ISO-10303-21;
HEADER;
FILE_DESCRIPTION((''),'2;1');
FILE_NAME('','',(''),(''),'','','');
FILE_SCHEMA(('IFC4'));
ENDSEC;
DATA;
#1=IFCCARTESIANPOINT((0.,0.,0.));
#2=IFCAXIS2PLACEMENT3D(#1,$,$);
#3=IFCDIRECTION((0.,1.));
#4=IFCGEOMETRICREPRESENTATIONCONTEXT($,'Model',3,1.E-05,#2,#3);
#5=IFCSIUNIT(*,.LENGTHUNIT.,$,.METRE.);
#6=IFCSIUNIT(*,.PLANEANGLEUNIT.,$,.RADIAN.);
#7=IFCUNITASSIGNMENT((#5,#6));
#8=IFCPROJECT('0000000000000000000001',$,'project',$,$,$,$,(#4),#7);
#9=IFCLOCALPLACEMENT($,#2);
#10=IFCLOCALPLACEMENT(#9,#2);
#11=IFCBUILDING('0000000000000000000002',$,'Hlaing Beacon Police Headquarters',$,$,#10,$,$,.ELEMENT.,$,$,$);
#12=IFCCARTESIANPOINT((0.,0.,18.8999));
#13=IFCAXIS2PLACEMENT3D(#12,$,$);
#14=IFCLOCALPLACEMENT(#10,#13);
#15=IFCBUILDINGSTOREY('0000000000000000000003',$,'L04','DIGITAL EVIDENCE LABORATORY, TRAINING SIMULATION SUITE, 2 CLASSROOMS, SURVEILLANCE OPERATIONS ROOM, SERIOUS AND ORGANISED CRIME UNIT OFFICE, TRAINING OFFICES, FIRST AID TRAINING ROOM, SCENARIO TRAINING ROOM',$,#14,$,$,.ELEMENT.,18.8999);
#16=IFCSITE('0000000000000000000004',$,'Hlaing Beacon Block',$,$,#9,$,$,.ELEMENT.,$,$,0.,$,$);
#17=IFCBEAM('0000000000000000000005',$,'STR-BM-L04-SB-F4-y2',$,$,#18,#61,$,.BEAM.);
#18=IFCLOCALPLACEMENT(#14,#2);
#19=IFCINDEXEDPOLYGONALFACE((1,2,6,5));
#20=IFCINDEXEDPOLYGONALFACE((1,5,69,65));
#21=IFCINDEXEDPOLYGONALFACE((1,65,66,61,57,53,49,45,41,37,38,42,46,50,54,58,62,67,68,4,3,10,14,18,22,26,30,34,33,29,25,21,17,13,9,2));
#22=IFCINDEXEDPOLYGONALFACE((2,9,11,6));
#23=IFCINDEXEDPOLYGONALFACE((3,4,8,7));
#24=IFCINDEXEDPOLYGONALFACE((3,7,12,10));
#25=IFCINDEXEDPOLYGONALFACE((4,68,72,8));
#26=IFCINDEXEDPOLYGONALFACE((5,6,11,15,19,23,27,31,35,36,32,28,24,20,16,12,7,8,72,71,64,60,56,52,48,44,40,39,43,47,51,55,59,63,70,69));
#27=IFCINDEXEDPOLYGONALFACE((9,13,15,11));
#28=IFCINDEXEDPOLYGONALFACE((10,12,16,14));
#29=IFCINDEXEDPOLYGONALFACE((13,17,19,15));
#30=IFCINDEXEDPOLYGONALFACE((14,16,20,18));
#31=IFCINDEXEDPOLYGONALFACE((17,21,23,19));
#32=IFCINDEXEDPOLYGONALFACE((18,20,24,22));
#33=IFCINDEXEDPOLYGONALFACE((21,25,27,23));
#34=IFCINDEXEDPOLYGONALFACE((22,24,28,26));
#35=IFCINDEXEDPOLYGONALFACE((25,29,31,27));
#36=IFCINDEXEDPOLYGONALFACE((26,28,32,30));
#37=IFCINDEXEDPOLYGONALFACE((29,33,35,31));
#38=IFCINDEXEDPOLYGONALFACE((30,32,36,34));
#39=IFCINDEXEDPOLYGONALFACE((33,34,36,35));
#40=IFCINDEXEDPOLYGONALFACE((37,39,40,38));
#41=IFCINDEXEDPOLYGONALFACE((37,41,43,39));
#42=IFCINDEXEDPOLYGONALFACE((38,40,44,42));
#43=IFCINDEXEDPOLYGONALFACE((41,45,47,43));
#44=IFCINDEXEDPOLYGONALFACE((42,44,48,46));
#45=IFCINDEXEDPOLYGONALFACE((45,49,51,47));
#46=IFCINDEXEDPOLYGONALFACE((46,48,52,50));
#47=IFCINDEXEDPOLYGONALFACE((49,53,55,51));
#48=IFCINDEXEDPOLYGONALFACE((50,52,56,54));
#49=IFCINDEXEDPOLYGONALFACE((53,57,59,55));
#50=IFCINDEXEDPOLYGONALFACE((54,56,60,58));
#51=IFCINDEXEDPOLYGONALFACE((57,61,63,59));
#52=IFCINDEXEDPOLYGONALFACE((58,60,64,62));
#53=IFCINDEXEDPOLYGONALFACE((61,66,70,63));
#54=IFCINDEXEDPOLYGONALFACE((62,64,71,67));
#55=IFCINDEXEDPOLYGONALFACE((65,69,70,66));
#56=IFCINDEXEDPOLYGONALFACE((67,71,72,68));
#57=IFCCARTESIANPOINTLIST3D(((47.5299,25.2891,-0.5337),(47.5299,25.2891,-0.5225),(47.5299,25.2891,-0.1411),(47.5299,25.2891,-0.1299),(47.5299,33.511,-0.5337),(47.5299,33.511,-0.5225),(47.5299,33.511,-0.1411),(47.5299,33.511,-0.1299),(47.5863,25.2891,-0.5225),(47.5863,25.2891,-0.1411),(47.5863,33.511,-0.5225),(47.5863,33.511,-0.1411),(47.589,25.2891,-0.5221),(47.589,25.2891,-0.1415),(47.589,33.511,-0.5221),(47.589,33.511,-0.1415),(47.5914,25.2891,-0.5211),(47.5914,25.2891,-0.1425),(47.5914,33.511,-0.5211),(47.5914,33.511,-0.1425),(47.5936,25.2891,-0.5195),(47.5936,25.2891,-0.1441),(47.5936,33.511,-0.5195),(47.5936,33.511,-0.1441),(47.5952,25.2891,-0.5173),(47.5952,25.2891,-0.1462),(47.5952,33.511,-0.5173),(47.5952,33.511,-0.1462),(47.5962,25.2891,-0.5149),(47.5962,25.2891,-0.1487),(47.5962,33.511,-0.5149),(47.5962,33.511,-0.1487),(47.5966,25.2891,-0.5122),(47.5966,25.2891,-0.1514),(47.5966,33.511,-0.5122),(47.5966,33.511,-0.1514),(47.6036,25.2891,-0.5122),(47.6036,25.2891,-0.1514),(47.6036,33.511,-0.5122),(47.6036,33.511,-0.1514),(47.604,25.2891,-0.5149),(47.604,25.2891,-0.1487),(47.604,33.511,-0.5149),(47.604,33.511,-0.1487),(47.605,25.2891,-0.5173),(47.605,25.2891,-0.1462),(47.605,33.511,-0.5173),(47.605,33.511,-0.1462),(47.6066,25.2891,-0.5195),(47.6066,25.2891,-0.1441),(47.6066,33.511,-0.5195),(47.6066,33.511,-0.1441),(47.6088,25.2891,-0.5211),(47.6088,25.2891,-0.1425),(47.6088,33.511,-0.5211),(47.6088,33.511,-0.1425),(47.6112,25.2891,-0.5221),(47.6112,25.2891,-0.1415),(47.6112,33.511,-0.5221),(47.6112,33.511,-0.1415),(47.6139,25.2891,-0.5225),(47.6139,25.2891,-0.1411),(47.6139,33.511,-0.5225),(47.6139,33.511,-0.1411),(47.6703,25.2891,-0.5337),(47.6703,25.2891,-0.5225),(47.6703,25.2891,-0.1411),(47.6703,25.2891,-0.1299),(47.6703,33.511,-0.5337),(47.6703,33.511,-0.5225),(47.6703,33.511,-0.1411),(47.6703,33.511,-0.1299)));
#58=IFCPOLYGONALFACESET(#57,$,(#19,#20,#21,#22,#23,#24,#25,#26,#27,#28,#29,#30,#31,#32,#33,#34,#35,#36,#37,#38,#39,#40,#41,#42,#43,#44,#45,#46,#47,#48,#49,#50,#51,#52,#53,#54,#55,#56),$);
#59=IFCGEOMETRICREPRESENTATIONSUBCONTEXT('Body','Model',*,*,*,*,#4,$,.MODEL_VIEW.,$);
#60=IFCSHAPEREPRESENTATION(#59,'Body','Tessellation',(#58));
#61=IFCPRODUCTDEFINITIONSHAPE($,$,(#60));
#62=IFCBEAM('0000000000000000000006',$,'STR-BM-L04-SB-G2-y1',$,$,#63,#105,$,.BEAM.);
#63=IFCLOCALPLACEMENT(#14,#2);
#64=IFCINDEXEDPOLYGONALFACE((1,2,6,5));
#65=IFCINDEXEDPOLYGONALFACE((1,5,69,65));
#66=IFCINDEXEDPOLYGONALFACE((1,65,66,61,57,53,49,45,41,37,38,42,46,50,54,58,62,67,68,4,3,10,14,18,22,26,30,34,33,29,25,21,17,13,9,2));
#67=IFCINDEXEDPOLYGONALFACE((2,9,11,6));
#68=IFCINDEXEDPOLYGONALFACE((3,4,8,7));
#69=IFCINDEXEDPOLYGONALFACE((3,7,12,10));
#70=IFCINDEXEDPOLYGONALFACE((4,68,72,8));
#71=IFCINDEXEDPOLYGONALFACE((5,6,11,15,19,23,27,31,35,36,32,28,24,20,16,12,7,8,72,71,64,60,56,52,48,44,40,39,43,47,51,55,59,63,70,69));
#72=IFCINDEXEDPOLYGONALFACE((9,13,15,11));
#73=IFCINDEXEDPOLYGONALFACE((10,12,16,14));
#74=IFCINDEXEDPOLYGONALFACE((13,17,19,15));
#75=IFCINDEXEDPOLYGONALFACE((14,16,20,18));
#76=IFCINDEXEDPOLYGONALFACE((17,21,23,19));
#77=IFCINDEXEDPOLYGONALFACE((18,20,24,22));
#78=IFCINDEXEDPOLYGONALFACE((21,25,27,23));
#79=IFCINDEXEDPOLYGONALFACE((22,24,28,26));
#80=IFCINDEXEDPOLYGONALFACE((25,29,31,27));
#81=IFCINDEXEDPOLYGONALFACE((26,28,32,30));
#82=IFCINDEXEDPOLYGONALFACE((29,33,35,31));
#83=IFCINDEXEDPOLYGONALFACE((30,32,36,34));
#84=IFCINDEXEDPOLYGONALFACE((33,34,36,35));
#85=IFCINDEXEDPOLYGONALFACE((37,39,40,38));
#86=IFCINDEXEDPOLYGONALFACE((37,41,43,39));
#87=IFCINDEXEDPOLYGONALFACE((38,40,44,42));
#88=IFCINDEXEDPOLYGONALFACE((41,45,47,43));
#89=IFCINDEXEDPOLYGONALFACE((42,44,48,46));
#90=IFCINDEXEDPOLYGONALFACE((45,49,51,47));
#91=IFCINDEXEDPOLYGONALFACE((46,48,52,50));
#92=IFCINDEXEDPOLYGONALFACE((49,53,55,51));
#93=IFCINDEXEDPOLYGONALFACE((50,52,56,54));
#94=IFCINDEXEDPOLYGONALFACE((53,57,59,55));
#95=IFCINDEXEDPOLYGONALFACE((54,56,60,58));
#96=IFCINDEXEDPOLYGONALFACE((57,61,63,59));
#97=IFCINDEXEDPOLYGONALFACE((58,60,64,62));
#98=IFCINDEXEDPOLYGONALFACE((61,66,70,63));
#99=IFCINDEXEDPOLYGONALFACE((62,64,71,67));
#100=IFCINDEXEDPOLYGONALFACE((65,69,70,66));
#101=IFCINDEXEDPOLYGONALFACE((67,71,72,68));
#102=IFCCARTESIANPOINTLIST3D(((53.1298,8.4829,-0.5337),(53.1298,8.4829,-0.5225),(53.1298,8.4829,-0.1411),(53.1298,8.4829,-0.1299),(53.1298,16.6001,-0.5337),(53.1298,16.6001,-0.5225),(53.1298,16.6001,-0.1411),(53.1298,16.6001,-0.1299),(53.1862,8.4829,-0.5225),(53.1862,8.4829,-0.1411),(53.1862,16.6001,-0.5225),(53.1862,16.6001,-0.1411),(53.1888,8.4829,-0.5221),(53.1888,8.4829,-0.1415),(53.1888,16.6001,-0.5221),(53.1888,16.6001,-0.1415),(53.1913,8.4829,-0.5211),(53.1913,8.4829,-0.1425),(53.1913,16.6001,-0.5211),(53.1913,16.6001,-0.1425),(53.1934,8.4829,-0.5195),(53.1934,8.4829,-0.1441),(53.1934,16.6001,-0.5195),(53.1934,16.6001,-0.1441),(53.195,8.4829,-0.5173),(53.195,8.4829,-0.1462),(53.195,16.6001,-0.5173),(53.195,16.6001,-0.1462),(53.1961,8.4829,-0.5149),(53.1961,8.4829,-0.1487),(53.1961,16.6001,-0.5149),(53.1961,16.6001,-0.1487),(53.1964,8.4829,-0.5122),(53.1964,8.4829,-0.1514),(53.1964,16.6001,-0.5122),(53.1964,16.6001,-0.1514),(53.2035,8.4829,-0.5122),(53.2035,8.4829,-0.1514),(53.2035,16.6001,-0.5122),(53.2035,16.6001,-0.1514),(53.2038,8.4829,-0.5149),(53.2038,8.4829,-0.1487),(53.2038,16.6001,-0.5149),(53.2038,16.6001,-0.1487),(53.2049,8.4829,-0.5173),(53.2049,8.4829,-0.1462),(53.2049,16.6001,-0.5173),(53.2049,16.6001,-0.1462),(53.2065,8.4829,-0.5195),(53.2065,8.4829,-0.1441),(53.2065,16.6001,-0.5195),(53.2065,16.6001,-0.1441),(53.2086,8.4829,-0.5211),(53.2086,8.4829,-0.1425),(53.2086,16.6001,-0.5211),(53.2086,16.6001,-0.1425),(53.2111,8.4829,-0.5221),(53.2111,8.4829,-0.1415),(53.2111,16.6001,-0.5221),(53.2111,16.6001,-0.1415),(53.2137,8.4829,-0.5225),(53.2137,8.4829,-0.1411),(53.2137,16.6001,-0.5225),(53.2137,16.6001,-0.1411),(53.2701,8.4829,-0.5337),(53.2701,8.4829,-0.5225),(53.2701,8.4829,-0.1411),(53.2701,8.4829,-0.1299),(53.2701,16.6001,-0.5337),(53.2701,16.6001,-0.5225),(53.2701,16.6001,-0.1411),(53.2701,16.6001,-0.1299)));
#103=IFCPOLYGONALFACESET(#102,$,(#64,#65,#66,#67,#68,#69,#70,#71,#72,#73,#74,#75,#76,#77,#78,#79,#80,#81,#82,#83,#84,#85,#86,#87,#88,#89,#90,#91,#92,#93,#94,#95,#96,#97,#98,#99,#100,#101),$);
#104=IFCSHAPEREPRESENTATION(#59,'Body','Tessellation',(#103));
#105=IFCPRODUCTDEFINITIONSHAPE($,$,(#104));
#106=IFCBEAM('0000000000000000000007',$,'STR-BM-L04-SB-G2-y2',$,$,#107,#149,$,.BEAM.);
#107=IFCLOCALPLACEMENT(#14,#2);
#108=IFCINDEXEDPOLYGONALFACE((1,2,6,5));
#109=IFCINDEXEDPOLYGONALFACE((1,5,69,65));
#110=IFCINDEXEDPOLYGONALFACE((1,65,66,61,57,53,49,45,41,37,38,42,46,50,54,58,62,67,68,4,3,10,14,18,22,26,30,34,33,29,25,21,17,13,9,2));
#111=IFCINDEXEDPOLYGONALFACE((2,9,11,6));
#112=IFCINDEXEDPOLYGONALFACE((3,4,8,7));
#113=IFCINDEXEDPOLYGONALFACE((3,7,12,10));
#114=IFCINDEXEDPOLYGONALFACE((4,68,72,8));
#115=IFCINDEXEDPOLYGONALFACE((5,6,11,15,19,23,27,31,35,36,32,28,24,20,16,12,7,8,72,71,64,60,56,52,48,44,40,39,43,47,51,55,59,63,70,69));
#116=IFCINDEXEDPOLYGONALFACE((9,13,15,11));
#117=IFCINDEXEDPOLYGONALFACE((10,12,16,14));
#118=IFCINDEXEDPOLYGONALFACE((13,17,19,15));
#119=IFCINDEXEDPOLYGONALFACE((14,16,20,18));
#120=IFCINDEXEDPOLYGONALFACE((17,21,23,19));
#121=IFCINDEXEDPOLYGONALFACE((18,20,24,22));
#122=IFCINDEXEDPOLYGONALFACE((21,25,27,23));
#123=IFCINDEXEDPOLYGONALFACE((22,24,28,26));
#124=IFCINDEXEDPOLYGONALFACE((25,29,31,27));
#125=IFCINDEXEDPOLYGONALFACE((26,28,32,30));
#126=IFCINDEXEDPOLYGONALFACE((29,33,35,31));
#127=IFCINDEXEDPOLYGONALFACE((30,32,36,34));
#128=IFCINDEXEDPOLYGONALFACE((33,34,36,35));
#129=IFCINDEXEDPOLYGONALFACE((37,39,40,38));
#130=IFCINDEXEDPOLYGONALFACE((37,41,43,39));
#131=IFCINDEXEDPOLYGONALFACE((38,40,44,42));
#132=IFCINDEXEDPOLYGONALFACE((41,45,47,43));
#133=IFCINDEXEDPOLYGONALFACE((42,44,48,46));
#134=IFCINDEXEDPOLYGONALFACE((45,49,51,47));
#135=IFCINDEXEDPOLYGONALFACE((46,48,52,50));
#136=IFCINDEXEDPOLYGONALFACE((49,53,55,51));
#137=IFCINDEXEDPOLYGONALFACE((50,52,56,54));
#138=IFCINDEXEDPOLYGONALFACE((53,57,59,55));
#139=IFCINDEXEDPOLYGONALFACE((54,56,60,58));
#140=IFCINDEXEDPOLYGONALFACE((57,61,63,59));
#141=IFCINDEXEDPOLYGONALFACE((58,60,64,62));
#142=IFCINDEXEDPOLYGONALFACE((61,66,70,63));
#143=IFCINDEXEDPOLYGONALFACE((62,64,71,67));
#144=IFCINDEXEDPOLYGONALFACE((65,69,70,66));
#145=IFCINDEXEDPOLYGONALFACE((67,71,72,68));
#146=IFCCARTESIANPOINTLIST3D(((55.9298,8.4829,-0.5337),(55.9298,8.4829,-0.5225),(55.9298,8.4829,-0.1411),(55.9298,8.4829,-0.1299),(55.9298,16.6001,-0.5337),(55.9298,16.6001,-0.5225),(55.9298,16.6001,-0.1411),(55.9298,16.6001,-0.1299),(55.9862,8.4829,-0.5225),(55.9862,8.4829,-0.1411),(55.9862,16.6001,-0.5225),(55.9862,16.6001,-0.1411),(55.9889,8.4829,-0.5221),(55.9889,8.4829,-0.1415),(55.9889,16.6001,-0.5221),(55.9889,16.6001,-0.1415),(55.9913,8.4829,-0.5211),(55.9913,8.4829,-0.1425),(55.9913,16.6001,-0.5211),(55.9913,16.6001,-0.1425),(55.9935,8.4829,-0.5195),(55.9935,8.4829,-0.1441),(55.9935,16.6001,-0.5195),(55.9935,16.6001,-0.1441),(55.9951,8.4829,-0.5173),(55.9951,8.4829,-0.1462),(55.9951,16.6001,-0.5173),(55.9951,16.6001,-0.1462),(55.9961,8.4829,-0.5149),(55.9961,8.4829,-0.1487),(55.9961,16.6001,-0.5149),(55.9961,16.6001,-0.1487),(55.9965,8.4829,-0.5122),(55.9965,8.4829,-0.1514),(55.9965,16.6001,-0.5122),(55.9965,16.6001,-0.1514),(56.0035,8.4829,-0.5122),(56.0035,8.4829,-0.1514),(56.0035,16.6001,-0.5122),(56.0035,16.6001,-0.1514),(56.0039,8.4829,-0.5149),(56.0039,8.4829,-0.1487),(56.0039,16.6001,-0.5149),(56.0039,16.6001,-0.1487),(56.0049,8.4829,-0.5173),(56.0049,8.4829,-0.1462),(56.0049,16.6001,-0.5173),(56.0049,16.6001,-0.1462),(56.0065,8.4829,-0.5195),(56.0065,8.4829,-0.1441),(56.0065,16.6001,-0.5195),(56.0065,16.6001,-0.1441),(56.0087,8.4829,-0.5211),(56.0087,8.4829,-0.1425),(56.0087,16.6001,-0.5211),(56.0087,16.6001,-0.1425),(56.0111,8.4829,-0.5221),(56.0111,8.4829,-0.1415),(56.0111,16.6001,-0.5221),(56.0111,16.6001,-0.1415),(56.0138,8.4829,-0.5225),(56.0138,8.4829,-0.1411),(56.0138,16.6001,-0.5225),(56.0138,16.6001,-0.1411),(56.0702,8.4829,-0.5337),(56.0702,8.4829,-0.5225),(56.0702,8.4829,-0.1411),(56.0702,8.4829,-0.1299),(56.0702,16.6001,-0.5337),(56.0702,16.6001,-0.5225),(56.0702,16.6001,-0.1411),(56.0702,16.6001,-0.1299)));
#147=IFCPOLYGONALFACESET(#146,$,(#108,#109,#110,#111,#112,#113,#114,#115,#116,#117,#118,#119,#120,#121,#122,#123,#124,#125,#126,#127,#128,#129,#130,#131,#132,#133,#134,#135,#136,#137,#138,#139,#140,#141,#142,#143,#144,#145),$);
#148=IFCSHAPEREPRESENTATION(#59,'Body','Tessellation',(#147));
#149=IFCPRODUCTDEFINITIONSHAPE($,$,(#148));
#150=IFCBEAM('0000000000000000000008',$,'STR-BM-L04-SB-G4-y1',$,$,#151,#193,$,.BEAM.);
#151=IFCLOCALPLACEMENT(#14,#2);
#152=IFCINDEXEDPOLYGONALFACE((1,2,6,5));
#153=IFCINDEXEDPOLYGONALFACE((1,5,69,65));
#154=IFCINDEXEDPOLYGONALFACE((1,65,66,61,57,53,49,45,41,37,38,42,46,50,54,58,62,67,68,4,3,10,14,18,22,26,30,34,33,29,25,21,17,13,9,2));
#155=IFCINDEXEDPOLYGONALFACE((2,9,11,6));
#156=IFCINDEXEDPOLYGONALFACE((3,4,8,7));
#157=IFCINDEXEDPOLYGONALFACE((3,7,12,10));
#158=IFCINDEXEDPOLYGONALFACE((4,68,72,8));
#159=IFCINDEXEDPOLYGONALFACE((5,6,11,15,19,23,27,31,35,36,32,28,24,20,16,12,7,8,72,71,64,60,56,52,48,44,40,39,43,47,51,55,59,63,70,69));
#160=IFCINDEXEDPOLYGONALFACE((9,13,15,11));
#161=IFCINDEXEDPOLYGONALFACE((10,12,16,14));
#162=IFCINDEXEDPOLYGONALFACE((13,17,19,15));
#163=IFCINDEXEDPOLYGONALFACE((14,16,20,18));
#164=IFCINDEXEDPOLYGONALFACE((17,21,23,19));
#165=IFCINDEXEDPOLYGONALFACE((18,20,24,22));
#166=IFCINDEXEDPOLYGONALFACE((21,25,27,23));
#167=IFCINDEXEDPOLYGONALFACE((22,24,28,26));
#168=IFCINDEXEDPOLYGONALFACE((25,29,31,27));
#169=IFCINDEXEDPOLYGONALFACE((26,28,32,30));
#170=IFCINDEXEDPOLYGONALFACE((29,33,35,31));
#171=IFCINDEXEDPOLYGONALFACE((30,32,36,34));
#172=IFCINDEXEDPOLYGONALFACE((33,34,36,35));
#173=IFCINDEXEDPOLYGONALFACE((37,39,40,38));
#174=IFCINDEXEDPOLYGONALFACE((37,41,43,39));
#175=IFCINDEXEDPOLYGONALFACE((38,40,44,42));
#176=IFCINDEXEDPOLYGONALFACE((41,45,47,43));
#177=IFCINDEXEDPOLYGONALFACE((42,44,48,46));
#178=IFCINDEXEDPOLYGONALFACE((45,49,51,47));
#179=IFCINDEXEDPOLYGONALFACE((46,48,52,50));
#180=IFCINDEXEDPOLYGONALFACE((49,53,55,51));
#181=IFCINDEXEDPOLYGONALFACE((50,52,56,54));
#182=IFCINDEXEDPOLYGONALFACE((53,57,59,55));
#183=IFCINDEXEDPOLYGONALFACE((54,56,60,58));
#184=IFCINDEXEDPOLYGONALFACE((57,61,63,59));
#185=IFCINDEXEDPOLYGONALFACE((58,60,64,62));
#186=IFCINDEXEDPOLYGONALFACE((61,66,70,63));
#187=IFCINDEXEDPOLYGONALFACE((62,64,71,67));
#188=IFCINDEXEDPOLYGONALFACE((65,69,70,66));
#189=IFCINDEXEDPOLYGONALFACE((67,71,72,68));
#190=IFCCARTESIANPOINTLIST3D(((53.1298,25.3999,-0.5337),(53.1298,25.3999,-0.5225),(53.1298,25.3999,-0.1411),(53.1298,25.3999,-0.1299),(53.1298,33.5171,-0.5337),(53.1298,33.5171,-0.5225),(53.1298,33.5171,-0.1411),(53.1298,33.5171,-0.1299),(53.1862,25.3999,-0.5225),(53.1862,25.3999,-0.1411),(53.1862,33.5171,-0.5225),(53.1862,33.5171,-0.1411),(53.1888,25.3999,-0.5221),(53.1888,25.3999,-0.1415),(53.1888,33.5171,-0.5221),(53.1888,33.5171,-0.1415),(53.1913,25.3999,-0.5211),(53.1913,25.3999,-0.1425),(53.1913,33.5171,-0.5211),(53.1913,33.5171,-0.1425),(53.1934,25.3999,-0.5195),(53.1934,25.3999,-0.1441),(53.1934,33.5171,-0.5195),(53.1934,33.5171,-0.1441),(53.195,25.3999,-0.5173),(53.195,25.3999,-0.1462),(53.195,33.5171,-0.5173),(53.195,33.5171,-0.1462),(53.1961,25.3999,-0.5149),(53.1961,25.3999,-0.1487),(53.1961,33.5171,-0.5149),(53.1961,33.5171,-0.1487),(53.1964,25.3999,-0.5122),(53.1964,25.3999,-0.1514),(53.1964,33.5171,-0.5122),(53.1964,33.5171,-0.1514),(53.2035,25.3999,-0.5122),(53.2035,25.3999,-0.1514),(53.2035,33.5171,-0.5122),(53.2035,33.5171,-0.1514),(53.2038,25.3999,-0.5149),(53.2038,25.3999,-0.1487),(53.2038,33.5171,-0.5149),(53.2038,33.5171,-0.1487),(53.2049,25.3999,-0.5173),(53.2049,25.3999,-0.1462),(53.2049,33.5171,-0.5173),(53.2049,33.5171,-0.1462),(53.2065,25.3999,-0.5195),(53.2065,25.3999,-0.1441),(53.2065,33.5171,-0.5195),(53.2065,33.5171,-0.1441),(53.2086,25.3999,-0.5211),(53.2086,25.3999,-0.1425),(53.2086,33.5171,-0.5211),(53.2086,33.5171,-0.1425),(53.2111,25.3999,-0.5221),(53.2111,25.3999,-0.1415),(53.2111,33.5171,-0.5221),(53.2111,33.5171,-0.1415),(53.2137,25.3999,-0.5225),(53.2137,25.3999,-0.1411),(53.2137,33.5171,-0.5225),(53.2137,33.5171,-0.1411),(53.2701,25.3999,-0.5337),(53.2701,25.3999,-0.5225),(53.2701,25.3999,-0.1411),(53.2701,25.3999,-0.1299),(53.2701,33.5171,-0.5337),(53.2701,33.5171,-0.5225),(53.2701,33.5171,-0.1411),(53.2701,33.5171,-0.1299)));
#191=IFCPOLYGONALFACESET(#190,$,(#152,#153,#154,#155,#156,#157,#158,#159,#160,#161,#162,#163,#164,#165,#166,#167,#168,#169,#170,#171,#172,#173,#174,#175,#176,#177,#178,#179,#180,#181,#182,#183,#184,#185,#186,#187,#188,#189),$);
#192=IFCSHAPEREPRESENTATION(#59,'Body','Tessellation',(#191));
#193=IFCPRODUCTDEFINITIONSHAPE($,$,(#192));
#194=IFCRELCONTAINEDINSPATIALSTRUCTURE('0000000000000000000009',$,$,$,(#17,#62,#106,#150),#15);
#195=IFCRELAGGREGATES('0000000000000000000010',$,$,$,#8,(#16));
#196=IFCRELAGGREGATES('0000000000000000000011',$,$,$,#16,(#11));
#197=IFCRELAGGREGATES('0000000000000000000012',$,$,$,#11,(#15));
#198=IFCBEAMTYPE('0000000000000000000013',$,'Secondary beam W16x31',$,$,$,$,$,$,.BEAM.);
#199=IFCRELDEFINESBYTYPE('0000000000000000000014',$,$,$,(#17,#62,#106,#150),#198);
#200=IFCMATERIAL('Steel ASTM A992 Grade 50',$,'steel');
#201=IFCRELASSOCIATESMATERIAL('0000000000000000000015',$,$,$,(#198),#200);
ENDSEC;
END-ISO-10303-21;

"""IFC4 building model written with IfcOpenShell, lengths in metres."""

from ifc_helpers import new_model, si_unit, direction, frame, origin, origin_2d, place, context, subcontext, project, spatial, i_section, extrude, material, material_profile, profile_set, type_object, element, save


model = new_model("IFC4")

# Units and contexts
model_context = context("Model", 3, precision=1e-05, world=origin(), true_north=direction((0.0, 1.0)))
body_context = subcontext(model_context, "Body", "Model", "MODEL_VIEW")
ifc_project = project(units=[si_unit("LENGTHUNIT", "METRE"), si_unit("PLANEANGLEUNIT", "RADIAN")], contexts=[model_context])

# Site, building, storey
site_placement = place(None, origin())
site = spatial("IfcSite", under=ifc_project, at=site_placement, Name="Hlaing Beacon Block", CompositionType="ELEMENT", RefElevation=0.0)
building_placement = place(site_placement, origin())
building = spatial("IfcBuilding", under=site, at=building_placement, Name="Hlaing Beacon Police Headquarters", CompositionType="ELEMENT")
storey_placement = place(building_placement, frame((0.0, 0.0, 18.8999)))
storey = spatial("IfcBuildingStorey", under=building, at=storey_placement, Name="L04", Description="DIGITAL EVIDENCE LABORATORY, TRAINING SIMULATION SUITE, 2 CLASSROOMS, SURVEILLANCE OPERATIONS ROOM, SERIOUS AND ORGANISED CRIME UNIT OFFICE, TRAINING OFFICES, FIRST AID TRAINING ROOM, SCENARIO TRAINING ROOM", CompositionType="ELEMENT", Elevation=18.8999)

# Beams
ifc_material_1 = material(Name="Steel ASTM A992 Grade 50", Category="steel")
ifc_material_profile_1 = material_profile(ifc_material_1, i_section(OverallWidth=0.1404, OverallDepth=0.4038, WebThickness=0.0071, FlangeThickness=0.0112, FilletRadius=0.0103, at=origin_2d()), Name="W16x31")
ifc_profile_set_1 = profile_set([ifc_material_profile_1], Name="Steel ASTM A992 Grade 50")
beam_type_1 = type_object("IfcBeamType", Name="Secondary beam W16x31", PredefinedType="BEAM", material=ifc_profile_set_1)
for number, where, z_axis, x_axis, name in (
    (1, (47.6001, 25.2891, -0.3318), (0.0, 1.0, 0.0), (-1.0, 0.0, 0.0), "STR-BM-L04-SB-F4-y2"),
):
    element("IfcBeam", number, at=place(storey_placement, frame(where, z_axis=z_axis, x_axis=x_axis)), inside=storey, type_object=beam_type_1, Name=name, PredefinedType="BEAM", context=body_context, shape_type="SweptSolid", body=[
        extrude(i_section(OverallWidth=0.1404, OverallDepth=0.4038, WebThickness=0.0071, FlangeThickness=0.0112, FilletRadius=0.0103, at=origin_2d()), origin(), (0.0, 0.0, 1.0), 8.2219),
    ])
for number, where, z_axis, x_axis, name in (
    (2, (53.2, 8.4829, -0.3318), (0.0, 1.0, 0.0), (-1.0, 0.0, 0.0), "STR-BM-L04-SB-G2-y1"),
    (3, (56.0, 8.4829, -0.3318), (0.0, 1.0, 0.0), (-1.0, 0.0, 0.0), "STR-BM-L04-SB-G2-y2"),
    (4, (53.2, 25.3999, -0.3318), (0.0, 1.0, 0.0), (-1.0, 0.0, 0.0), "STR-BM-L04-SB-G4-y1"),
):
    element("IfcBeam", number, at=place(storey_placement, frame(where, z_axis=z_axis, x_axis=x_axis)), inside=storey, type_object=beam_type_1, Name=name, PredefinedType="BEAM", context=body_context, shape_type="SweptSolid", body=[
        extrude(i_section(OverallWidth=0.1404, OverallDepth=0.4038, WebThickness=0.0071, FlangeThickness=0.0112, FilletRadius=0.0103, at=origin_2d()), origin(), (0.0, 0.0, 1.0), 8.1172),
    ])

save(model, "model.ifc")
